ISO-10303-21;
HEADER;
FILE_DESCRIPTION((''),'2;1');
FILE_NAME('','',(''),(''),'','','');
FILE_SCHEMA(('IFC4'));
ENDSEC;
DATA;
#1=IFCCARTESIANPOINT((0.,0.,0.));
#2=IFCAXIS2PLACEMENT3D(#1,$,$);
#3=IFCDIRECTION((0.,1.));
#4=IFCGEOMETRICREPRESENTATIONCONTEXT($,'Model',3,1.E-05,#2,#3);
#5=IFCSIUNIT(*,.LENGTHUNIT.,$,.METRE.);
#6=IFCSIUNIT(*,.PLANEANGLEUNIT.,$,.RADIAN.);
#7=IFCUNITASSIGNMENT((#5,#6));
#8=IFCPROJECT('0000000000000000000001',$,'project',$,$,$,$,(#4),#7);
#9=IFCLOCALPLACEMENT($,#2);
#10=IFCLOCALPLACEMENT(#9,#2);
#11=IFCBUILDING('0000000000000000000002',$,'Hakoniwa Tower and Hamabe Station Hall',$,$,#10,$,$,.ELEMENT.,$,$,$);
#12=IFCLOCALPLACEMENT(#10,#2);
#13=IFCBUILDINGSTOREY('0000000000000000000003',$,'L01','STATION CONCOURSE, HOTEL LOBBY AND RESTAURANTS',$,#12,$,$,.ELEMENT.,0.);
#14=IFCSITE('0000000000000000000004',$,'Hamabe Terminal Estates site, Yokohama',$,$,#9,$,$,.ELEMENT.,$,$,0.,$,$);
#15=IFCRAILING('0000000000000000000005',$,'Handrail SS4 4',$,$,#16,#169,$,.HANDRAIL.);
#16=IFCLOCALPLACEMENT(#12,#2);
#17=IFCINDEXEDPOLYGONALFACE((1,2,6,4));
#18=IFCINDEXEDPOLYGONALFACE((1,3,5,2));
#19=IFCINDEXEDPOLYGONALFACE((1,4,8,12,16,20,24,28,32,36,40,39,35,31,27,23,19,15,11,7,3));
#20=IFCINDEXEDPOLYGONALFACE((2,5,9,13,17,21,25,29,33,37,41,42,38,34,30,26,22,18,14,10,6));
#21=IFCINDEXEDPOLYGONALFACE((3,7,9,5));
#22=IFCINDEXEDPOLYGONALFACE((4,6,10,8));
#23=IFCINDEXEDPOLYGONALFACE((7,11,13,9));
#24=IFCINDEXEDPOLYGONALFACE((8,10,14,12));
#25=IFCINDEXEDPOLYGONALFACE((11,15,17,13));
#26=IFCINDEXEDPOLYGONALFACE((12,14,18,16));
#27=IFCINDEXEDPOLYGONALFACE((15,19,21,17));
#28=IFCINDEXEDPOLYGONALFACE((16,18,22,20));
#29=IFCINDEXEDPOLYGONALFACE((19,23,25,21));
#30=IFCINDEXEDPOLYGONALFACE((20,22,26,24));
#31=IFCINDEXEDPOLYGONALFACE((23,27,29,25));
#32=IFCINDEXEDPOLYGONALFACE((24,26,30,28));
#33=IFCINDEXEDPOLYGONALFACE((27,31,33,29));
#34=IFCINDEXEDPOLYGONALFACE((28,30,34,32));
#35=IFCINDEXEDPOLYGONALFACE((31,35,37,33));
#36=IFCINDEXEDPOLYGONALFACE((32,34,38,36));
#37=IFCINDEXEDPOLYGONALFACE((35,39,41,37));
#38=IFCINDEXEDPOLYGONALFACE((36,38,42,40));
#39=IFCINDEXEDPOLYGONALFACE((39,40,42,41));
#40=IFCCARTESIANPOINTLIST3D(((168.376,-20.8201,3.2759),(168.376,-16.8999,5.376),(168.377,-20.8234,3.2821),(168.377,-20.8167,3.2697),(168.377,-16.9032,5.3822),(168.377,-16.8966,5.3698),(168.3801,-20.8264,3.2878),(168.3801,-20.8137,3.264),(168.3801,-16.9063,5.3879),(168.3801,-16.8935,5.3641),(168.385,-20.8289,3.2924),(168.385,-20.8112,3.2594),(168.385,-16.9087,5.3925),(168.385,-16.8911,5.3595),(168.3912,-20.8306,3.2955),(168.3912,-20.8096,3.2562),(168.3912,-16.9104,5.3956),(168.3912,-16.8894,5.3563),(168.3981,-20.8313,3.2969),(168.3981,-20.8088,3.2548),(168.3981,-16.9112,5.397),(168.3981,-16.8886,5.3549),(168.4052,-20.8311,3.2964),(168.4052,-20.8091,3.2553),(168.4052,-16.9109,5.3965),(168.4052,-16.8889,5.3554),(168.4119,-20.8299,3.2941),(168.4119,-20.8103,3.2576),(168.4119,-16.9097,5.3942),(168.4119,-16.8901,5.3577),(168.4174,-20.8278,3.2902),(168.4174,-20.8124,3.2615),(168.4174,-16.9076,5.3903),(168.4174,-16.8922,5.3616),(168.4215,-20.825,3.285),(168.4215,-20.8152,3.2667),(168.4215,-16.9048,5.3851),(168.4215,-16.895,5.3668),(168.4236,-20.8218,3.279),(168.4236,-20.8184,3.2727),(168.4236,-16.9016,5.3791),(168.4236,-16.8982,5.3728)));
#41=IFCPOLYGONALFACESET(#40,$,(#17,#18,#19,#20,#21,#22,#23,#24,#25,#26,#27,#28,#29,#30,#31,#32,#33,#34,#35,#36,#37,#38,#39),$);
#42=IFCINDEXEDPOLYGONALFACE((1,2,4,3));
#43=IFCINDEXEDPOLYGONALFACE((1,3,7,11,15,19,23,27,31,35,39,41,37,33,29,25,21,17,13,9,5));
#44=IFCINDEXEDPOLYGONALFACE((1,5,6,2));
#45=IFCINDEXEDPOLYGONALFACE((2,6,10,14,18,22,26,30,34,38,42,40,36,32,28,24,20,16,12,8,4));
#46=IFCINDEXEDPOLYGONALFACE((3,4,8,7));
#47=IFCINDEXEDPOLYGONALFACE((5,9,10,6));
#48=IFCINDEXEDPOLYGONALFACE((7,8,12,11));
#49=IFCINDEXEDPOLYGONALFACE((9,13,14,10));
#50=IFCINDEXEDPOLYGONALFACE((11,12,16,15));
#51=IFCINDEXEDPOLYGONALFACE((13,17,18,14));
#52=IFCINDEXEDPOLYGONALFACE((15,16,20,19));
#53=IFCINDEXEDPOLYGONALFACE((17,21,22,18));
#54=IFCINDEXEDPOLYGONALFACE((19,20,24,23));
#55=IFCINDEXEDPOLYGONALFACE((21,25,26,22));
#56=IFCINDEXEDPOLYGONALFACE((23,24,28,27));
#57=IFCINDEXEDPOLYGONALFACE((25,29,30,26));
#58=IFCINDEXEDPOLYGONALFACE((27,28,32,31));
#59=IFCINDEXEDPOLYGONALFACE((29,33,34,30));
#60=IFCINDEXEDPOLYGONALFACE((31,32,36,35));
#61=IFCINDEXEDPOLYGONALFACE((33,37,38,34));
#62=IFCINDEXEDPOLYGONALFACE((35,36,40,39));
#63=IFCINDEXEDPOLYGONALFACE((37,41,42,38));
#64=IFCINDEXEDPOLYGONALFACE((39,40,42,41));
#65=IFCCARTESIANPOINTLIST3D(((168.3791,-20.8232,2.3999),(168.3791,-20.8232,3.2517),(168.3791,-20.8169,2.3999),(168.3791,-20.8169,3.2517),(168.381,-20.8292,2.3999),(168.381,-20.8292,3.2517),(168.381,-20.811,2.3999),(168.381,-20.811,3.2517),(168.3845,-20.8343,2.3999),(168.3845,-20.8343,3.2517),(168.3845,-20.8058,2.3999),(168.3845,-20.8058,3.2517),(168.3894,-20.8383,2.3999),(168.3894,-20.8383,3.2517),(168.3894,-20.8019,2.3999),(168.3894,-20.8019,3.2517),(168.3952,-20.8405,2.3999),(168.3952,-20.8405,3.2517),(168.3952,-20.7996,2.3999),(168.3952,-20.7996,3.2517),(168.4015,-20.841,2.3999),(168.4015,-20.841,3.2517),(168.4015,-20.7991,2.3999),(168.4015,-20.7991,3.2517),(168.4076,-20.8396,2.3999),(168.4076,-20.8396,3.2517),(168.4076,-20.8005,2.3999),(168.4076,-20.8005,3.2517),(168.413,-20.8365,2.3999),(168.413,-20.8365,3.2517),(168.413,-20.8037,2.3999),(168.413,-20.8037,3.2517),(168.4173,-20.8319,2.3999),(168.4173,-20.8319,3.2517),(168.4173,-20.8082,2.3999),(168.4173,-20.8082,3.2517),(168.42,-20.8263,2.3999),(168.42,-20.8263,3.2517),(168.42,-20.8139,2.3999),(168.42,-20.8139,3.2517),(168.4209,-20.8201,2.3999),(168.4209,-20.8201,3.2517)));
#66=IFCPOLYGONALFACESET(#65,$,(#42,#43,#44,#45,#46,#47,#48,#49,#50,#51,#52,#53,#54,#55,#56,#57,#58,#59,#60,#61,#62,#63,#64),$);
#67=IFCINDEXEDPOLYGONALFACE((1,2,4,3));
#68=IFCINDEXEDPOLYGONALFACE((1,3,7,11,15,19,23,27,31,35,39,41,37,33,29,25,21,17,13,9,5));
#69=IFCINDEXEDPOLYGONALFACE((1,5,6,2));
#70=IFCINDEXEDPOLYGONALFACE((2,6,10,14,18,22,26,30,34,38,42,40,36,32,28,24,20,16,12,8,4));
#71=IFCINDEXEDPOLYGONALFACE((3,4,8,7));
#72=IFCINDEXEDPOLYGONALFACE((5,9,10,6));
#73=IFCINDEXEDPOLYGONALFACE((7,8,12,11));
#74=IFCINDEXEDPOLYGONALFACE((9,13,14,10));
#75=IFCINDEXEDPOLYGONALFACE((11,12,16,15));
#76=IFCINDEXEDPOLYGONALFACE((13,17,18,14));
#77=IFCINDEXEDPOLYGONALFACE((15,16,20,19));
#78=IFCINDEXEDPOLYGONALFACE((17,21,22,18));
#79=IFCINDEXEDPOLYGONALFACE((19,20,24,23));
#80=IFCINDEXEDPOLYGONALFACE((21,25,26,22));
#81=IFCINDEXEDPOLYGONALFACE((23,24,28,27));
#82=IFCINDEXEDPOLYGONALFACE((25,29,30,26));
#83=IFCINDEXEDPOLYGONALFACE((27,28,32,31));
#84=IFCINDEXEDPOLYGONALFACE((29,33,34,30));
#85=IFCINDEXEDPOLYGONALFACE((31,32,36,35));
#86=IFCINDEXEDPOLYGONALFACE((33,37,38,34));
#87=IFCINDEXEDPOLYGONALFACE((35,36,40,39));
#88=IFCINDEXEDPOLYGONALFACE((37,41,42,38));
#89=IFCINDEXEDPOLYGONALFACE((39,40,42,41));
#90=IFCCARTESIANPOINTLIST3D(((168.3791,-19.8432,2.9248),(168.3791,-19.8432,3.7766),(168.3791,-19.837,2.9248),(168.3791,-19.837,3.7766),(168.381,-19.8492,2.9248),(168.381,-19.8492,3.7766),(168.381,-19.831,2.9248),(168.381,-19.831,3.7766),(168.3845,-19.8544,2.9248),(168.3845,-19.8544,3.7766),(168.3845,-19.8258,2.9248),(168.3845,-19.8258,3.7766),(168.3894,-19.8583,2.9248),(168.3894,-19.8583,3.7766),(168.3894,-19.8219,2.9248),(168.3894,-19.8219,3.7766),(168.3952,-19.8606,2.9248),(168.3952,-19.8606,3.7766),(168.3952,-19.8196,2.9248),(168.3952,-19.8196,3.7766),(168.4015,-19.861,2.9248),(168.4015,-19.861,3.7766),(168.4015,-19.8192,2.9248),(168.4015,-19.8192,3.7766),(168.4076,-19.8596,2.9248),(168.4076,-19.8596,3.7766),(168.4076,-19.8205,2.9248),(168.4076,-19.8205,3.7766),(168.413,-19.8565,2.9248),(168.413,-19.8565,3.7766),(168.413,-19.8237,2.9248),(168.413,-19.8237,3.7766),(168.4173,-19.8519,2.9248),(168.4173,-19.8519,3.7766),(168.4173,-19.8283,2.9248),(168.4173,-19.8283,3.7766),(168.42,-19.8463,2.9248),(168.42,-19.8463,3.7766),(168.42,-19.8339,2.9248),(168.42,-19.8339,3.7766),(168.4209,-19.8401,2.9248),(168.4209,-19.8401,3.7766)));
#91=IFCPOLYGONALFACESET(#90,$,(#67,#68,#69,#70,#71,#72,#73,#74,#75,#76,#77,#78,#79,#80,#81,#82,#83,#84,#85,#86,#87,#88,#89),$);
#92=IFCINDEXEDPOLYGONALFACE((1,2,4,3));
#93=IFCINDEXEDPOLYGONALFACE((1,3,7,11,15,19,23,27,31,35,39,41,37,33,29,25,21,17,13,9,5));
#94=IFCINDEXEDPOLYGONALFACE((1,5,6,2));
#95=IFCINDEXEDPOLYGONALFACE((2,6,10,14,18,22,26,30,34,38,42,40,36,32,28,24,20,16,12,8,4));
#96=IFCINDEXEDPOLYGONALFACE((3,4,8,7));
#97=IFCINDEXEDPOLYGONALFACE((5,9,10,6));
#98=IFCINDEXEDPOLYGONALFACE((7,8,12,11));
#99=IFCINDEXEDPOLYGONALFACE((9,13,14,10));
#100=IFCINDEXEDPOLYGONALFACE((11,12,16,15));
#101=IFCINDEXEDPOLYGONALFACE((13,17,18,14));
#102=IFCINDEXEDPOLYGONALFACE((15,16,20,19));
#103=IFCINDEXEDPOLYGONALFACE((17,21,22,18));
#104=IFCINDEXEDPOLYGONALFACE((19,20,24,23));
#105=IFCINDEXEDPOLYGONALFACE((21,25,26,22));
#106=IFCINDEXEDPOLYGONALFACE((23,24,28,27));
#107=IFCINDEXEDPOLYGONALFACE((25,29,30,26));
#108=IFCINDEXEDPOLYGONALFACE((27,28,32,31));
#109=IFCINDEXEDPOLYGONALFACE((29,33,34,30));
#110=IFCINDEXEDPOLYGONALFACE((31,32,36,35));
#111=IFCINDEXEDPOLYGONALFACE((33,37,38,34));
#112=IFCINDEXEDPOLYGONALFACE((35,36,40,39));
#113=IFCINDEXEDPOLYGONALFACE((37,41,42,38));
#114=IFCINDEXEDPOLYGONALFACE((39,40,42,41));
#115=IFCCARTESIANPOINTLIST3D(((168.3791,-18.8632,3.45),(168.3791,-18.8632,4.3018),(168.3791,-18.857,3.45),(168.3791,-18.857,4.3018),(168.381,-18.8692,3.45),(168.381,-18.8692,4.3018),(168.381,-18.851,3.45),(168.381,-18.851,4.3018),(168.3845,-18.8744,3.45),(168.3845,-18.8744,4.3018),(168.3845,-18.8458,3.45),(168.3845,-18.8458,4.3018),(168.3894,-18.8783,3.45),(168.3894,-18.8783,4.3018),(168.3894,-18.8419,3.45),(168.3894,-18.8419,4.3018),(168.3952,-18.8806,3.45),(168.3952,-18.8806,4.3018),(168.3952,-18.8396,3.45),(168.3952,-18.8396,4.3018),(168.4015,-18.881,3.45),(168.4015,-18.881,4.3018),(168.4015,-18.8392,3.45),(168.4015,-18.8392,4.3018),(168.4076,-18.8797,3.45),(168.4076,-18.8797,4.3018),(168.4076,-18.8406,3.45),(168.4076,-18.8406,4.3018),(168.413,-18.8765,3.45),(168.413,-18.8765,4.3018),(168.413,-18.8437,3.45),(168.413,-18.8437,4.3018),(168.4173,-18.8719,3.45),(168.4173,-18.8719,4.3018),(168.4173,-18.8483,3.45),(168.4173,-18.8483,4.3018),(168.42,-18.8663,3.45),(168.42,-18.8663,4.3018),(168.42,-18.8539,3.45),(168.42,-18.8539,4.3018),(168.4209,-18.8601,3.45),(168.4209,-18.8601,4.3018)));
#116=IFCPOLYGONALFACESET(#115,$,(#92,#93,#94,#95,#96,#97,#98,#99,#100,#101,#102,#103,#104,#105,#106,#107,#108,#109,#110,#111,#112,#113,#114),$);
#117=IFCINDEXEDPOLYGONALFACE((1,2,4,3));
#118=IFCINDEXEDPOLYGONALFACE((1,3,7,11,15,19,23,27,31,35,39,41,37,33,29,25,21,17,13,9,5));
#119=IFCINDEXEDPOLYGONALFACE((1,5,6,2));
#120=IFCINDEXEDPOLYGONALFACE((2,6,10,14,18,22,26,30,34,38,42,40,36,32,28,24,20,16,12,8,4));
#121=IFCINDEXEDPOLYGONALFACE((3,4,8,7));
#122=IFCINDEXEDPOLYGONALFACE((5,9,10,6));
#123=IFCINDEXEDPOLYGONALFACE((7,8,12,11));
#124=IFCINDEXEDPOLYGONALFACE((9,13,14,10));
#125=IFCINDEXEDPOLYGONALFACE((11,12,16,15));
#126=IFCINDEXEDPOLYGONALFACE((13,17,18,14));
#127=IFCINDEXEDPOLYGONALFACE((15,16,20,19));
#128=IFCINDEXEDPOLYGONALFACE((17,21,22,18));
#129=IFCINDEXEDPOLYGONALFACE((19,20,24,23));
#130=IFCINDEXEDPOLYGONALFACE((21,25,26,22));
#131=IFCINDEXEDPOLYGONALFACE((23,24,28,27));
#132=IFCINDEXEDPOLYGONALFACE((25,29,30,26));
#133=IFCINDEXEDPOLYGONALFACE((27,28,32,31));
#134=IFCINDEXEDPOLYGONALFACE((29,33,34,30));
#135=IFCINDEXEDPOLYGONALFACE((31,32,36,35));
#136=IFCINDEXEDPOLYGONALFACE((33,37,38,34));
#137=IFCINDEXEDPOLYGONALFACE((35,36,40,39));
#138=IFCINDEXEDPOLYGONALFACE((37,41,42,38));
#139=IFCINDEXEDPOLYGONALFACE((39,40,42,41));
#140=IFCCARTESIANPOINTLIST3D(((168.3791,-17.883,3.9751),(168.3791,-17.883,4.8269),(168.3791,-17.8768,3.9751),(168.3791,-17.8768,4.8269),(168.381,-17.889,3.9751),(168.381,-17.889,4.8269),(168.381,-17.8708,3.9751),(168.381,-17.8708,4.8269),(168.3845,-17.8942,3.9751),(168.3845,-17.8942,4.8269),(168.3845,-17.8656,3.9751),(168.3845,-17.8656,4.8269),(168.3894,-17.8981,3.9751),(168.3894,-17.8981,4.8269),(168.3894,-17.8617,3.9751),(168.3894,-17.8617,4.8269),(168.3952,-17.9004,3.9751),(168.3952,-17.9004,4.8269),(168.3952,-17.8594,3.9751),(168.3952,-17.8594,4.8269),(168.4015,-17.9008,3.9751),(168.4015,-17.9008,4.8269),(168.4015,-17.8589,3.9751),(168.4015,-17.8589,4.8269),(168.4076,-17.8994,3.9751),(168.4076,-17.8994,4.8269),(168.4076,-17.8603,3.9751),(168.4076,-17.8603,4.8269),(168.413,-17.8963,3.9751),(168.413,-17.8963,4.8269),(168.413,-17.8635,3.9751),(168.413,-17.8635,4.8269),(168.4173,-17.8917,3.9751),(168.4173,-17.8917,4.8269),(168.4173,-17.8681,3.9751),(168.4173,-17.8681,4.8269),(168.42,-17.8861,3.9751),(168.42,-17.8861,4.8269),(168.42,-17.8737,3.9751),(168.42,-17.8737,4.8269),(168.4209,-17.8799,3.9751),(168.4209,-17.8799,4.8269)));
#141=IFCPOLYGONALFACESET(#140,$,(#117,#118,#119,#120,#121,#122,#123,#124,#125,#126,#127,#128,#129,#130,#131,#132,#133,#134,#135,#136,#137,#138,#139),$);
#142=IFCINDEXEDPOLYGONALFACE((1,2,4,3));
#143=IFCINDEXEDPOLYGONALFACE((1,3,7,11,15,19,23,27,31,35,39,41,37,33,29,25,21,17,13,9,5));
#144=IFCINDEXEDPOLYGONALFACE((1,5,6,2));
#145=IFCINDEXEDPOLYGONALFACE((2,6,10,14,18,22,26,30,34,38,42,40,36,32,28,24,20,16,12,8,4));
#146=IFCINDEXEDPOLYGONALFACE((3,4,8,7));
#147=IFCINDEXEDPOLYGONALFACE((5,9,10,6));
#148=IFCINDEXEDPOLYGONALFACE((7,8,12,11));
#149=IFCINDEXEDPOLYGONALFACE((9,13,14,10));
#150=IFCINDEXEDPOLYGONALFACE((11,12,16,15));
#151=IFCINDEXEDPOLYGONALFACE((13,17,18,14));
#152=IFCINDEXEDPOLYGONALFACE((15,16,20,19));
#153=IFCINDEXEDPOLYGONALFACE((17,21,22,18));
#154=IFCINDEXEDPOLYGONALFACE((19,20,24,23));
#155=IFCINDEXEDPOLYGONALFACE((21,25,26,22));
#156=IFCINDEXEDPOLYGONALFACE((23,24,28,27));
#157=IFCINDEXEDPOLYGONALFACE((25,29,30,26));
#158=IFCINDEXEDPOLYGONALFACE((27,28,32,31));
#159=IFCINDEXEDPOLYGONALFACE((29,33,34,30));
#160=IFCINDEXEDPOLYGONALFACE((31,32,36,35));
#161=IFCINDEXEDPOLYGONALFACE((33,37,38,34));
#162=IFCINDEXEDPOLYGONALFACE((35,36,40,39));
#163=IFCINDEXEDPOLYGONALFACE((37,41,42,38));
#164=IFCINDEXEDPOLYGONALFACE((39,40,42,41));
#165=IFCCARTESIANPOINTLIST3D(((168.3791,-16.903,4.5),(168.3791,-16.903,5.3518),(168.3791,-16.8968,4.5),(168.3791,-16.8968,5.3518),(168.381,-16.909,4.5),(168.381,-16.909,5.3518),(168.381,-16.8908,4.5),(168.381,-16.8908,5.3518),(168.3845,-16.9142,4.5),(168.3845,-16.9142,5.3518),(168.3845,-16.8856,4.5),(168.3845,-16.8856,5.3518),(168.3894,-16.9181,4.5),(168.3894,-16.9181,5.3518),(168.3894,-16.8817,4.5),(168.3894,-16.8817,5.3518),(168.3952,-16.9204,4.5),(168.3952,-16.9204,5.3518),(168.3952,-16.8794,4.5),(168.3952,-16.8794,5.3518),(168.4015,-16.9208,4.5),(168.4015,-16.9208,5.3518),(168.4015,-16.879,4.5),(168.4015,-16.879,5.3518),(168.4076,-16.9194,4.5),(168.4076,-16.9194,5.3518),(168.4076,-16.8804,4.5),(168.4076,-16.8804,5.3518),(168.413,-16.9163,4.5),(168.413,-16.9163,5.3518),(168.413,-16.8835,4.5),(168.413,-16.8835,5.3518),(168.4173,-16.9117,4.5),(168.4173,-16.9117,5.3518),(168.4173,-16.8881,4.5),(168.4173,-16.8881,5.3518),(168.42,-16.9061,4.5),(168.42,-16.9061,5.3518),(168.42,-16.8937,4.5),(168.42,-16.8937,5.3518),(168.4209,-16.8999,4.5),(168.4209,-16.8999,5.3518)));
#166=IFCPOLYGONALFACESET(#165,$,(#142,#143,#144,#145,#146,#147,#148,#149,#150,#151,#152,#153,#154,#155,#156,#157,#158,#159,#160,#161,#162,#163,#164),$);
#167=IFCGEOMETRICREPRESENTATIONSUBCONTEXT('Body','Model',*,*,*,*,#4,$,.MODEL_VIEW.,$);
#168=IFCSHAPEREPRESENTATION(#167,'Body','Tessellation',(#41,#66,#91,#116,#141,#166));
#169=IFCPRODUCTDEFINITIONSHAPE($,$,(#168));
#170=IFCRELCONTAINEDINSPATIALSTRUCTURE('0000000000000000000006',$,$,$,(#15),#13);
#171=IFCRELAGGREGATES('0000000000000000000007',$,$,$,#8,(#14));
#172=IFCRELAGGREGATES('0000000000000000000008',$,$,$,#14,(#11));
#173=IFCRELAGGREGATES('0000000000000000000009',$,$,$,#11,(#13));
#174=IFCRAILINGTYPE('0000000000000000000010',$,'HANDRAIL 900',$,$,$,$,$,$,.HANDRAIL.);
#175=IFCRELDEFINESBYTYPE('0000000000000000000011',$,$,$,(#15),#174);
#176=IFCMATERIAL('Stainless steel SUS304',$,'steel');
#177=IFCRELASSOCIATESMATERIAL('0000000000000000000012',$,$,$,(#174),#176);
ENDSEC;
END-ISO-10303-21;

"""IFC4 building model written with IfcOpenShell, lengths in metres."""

from ifc_helpers import new_model, si_unit, direction, frame, origin, origin_2d, place, context, subcontext, project, spatial, circle, extrude, material, type_object, element, save


model = new_model("IFC4")

# Units and contexts
model_context = context("Model", 3, precision=1e-05, world=origin(), true_north=direction((0.0, 1.0)))
body_context = subcontext(model_context, "Body", "Model", "MODEL_VIEW")
ifc_project = project(units=[si_unit("LENGTHUNIT", "METRE"), si_unit("PLANEANGLEUNIT", "RADIAN")], contexts=[model_context])

# Site, building, storey
site_placement = place(None, origin())
site = spatial("IfcSite", under=ifc_project, at=site_placement, Name="Hamabe Terminal Estates site, Yokohama", CompositionType="ELEMENT", RefElevation=0.0)
building_placement = place(site_placement, origin())
building = spatial("IfcBuilding", under=site, at=building_placement, Name="Hakoniwa Tower and Hamabe Station Hall", CompositionType="ELEMENT")
storey_placement = place(building_placement, origin())
storey = spatial("IfcBuildingStorey", under=building, at=storey_placement, Name="L01", Description="STATION CONCOURSE, HOTEL LOBBY AND RESTAURANTS", CompositionType="ELEMENT", Elevation=0.0)

# Railing
ifc_material_1 = material(Name="Stainless steel SUS304", Category="steel")
railing_type = type_object("IfcRailingType", Name="HANDRAIL 900", PredefinedType="HANDRAIL", material=ifc_material_1)
for number, where, name in (
    (1, (168.3999, -20.8201, 2.3999), "Handrail SS4 4"),
):
    element("IfcRailing", number, at=place(storey_placement, frame(where)), inside=storey, type_object=railing_type, Name=name, PredefinedType="HANDRAIL", context=body_context, shape_type="SweptSolid", body=[
        extrude(circle(Radius=0.0239, at=origin_2d()), frame((0.0, 0.0, 0.876), z_axis=(0.0, 0.881479, 0.472223), x_axis=(-1.0, 0.0, 0.0)), (0.0, 0.0, 1.0), 4.4473),
        extrude(circle(Radius=0.021, at=origin_2d()), origin(), (0.0, 0.0, 1.0), 0.8518),
        extrude(circle(Radius=0.021, at=origin_2d()), frame((0.0, 0.98, 0.5249)), (0.0, 0.0, 1.0), 0.8518),
        extrude(circle(Radius=0.021, at=origin_2d()), frame((0.0, 1.96, 1.05)), (0.0, 0.0, 1.0), 0.8518),
        extrude(circle(Radius=0.021, at=origin_2d()), frame((0.0, 2.9402, 1.5752)), (0.0, 0.0, 1.0), 0.8518),
        extrude(circle(Radius=0.021, at=origin_2d()), frame((0.0, 3.9202, 2.1001)), (0.0, 0.0, 1.0), 0.8518),
    ])

save(model, "model.ifc")
